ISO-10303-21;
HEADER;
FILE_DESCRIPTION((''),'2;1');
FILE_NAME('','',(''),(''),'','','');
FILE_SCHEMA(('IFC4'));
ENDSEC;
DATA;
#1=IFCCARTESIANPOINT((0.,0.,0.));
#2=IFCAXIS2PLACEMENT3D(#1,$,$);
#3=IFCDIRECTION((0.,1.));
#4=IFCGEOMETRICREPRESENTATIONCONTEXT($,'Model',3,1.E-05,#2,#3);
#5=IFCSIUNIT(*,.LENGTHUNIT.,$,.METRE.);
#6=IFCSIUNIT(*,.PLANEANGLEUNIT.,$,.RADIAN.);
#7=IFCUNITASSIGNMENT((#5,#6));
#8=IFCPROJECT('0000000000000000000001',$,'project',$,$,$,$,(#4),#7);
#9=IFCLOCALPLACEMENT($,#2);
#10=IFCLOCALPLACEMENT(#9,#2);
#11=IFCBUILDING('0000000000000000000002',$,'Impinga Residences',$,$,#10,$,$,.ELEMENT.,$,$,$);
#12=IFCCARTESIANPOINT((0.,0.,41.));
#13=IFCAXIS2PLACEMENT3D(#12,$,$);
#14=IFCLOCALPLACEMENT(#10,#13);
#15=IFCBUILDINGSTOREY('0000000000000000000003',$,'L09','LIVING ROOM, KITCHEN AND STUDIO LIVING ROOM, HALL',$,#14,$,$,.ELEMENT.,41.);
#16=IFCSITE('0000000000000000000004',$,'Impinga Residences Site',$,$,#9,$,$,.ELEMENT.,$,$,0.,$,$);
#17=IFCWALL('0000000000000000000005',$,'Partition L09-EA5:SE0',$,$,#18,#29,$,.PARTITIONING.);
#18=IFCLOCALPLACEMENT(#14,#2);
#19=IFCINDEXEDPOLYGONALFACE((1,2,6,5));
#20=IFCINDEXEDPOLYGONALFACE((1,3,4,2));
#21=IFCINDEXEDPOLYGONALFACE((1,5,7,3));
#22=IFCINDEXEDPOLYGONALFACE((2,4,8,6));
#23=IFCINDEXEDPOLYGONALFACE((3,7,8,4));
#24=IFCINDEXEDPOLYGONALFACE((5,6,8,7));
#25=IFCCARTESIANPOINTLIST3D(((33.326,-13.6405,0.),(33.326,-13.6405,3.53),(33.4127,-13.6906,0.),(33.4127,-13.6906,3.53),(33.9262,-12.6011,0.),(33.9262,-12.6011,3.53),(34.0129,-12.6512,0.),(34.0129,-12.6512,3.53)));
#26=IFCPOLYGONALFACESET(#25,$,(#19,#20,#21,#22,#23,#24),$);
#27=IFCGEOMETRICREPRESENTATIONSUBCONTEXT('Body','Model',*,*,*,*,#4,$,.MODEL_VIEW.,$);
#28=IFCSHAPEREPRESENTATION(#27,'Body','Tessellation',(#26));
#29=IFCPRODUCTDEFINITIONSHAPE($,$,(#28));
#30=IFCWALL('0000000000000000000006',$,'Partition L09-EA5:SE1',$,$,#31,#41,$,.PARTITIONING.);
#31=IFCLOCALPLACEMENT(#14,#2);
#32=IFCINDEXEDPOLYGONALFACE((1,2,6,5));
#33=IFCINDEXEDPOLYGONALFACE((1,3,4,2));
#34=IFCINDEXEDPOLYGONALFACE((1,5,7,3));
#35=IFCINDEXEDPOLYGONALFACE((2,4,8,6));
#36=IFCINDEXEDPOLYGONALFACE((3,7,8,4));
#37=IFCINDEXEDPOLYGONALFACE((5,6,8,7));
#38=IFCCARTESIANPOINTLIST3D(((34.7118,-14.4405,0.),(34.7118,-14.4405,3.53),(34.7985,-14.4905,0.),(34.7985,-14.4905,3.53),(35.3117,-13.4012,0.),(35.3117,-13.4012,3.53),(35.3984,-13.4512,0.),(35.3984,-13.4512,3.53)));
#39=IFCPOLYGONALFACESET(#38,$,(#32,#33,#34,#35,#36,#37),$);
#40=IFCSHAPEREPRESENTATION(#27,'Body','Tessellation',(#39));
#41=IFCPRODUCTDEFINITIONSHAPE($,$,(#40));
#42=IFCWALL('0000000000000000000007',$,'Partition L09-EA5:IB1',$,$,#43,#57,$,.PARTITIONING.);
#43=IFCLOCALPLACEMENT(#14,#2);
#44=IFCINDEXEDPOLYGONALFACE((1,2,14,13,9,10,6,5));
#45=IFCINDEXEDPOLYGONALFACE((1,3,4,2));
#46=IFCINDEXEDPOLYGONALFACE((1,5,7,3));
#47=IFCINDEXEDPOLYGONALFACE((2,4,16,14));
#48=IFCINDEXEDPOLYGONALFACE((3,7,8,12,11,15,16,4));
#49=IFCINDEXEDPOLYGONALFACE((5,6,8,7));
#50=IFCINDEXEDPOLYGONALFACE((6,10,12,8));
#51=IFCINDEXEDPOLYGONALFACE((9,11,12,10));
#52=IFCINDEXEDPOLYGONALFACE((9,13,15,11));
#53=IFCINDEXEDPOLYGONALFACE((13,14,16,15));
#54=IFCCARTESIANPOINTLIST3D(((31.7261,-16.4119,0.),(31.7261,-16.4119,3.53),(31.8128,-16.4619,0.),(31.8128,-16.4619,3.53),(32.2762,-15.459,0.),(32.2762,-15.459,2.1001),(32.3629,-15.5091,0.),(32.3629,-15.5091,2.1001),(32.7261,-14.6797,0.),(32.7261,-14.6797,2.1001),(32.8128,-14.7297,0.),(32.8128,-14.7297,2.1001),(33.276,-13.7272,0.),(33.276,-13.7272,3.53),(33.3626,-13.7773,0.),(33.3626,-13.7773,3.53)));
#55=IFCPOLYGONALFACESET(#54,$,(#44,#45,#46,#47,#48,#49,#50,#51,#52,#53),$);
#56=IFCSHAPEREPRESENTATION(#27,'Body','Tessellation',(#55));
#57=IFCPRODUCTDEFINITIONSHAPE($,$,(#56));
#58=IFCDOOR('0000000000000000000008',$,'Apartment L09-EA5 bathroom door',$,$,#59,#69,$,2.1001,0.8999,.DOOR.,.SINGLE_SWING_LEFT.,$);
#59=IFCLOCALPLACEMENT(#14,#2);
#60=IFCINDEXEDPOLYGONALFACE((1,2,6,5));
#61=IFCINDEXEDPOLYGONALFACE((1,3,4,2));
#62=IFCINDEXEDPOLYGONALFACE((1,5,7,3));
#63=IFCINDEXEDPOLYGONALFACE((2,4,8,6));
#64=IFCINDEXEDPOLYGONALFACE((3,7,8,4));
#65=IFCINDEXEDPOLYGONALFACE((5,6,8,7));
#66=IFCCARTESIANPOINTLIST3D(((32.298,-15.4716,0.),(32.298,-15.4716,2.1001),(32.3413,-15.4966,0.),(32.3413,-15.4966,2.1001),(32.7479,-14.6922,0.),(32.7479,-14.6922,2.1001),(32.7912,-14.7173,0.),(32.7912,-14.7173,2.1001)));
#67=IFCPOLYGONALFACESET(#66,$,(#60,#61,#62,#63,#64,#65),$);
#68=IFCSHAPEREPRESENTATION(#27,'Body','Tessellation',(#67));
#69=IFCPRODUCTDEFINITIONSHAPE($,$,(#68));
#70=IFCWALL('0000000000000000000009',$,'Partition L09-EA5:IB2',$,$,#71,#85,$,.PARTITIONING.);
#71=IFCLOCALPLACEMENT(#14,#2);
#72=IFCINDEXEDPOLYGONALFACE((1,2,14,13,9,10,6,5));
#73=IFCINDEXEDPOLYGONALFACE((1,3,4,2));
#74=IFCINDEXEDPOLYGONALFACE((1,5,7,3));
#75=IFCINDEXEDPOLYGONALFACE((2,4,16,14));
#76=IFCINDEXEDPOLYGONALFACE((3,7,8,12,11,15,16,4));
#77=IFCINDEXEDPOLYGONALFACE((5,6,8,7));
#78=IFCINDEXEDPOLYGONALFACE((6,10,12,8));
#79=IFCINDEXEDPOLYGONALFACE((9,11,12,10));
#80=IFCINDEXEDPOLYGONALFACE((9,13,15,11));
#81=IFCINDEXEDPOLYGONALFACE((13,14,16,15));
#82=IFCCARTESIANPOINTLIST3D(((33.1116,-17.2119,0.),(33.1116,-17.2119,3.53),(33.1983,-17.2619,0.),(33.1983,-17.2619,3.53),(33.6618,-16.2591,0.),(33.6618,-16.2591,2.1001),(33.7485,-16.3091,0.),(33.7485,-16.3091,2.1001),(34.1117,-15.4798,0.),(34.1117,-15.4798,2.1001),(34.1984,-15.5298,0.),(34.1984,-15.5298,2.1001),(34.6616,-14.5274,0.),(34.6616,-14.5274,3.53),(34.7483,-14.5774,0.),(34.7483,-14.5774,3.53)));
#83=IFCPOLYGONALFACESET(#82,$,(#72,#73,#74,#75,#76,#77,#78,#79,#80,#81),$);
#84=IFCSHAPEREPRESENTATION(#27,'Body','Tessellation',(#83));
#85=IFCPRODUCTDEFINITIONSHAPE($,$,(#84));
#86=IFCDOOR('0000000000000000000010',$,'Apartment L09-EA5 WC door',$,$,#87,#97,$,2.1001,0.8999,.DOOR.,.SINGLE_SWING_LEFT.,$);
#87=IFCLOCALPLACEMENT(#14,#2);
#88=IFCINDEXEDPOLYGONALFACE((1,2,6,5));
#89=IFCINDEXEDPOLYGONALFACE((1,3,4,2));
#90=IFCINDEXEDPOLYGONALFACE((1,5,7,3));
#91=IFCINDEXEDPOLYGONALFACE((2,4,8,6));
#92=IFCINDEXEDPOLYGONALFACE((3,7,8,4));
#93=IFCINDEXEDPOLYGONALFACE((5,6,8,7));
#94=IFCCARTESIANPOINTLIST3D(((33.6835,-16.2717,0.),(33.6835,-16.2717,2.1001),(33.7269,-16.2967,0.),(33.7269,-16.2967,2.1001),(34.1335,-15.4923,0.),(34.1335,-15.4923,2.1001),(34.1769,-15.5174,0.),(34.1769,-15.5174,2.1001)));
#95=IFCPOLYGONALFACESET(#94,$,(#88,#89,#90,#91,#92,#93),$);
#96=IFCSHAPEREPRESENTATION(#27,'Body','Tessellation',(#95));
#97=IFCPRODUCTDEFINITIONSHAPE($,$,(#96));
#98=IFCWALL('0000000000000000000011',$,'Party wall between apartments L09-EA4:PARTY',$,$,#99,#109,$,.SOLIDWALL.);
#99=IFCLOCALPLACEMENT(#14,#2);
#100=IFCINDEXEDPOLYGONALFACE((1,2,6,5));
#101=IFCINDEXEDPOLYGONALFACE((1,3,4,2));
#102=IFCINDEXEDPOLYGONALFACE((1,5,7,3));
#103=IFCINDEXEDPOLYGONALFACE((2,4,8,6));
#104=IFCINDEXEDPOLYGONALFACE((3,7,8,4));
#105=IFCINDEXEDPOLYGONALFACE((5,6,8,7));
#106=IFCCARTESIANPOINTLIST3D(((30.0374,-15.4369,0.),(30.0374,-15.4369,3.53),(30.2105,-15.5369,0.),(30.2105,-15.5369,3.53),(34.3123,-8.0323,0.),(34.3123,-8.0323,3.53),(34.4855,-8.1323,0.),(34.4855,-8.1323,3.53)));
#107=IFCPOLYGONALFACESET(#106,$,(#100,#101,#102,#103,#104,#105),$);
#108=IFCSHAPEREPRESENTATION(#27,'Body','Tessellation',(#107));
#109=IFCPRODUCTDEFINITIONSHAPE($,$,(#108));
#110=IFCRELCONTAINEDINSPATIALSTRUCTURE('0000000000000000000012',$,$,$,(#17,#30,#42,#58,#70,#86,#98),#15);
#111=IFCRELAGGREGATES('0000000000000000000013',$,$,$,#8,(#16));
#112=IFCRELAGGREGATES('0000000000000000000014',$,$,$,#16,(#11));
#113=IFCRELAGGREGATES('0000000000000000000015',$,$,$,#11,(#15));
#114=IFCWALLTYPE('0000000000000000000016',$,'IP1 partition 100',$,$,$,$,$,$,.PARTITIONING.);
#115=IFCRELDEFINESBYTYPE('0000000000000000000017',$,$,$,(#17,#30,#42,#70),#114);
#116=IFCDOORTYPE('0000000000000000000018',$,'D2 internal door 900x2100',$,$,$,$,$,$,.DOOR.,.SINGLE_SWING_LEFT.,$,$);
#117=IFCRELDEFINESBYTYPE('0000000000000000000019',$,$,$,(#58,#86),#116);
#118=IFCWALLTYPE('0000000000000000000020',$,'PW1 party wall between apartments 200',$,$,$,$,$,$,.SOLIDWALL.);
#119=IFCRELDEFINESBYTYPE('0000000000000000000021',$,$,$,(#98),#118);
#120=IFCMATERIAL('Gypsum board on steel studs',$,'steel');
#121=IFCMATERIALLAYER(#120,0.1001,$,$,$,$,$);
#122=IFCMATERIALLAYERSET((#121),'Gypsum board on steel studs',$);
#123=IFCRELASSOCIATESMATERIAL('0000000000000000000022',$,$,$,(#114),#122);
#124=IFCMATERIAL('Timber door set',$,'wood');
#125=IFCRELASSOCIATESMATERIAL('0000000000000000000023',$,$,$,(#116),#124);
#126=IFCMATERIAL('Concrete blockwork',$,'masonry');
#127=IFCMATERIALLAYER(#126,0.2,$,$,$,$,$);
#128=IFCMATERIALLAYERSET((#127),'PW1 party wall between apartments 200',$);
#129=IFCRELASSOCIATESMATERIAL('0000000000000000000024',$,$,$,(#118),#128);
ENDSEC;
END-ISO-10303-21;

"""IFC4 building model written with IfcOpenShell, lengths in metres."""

from ifc_helpers import new_model, si_unit, direction, frame, frame_2d, origin, place, context, subcontext, project, spatial, rectangle, extrude, material, layer, layer_set, type_object, element, fill, save


model = new_model("IFC4")

# Units and contexts
model_context = context("Model", 3, precision=1e-05, world=origin(), true_north=direction((0.0, 1.0)))
body_context = subcontext(model_context, "Body", "Model", "MODEL_VIEW")
ifc_project = project(units=[si_unit("LENGTHUNIT", "METRE"), si_unit("PLANEANGLEUNIT", "RADIAN")], contexts=[model_context])

# Site, building, storey
site_placement = place(None, origin())
site = spatial("IfcSite", under=ifc_project, at=site_placement, Name="Impinga Residences Site", CompositionType="ELEMENT", RefElevation=0.0)
building_placement = place(site_placement, origin())
building = spatial("IfcBuilding", under=site, at=building_placement, Name="Impinga Residences", CompositionType="ELEMENT")
storey_placement = place(building_placement, frame((0.0, 0.0, 41.0)))
storey = spatial("IfcBuildingStorey", under=building, at=storey_placement, Name="L09", Description="LIVING ROOM, KITCHEN AND STUDIO LIVING ROOM, HALL", CompositionType="ELEMENT", Elevation=41.0)

# Shared definitions
ifc_material_1 = material(Name="Gypsum board on steel studs", Category="steel")
ifc_layer_1 = layer(ifc_material_1, 0.1001)
ifc_layer_set_1 = layer_set([ifc_layer_1], Name="Gypsum board on steel studs")
wall_type_1 = type_object("IfcWallType", Name="IP1 partition 100", PredefinedType="PARTITIONING", material=ifc_layer_set_1)

# Shared definitions
ifc_material_2 = material(Name="Timber door set", Category="wood")
door_type = type_object("IfcDoorType", Name="D2 internal door 900x2100", OperationType="SINGLE_SWING_LEFT", PredefinedType="DOOR", material=ifc_material_2)

# Walls
wall_1_placement = place(storey_placement, frame((33.3694, -13.6655, 0.0), z_axis=(0.0, 0.0, 1.0), x_axis=(0.500034, 0.866006, 0.0)))
element("IfcWall", 1, at=wall_1_placement, inside=storey, type_object=wall_type_1, Name="Partition L09-EA5:SE0", PredefinedType="PARTITIONING", context=body_context, shape_type="SweptSolid", body=[
    extrude(rectangle(XDim=1.2002, YDim=0.1001, at=frame_2d((0.6001, 0.0))), origin(), (0.0, 0.0, 1.0), 3.53),
])
wall_2_placement = place(storey_placement, frame((34.7551, -14.4656, 0.0), z_axis=(0.0, 0.0, 1.0), x_axis=(0.499881, 0.866094, 0.0)))
element("IfcWall", 2, at=wall_2_placement, inside=storey, type_object=wall_type_1, Name="Partition L09-EA5:SE1", PredefinedType="PARTITIONING", context=body_context, shape_type="SweptSolid", body=[
    extrude(rectangle(XDim=1.2, YDim=0.1001, at=frame_2d((0.6001, 0.0))), origin(), (0.0, 0.0, 1.0), 3.53),
])

# Walls, openings, doors
wall_3_placement = place(storey_placement, frame((31.7695, -16.4368, 0.0), z_axis=(0.0, 0.0, 1.0), x_axis=(0.499968, 0.866044, 0.0)))
wall_3 = element("IfcWall", 3, at=wall_3_placement, inside=storey, type_object=wall_type_1, Name="Partition L09-EA5:IB1", PredefinedType="PARTITIONING", context=body_context, shape_type="SweptSolid", body=[
    extrude(rectangle(XDim=3.0999, YDim=0.1001, at=frame_2d((1.5498, 0.0))), origin(), (0.0, 0.0, 1.0), 3.53),
])
opening_1_placement = place(wall_3_placement, frame((1.1001, 0.0, 0.0)))
opening_1 = element("IfcOpeningElement", 4, at=opening_1_placement, cuts=wall_3, PredefinedType="OPENING", context=body_context, shape_type="SweptSolid", body=[
    extrude(rectangle(XDim=0.8999, YDim=2.1001, at=frame_2d((0.45, 1.05))), frame((0.0, 0.0601, 0.0), z_axis=(0.0, -1.0, 0.0), x_axis=(1.0, 0.0, 0.0)), (0.0, 0.0, 1.0), 0.1201),
])
door_1_placement = place(opening_1_placement, origin())
door_1 = element("IfcDoor", 5, at=door_1_placement, inside=storey, type_object=door_type, Name="Apartment L09-EA5 bathroom door", OperationType="SINGLE_SWING_LEFT", OverallHeight=2.1001, OverallWidth=0.8999, PredefinedType="DOOR", context=body_context, shape_type="SweptSolid", body=[
    extrude(rectangle(XDim=0.8999, YDim=2.1001, at=frame_2d((0.45, 1.05))), frame((0.0, 0.0249, 0.0), z_axis=(0.0, -1.0, 0.0), x_axis=(1.0, 0.0, 0.0)), (0.0, 0.0, 1.0), 0.05),
])
fill(opening_1, door_1)
wall_4_placement = place(storey_placement, frame((33.155, -17.2368, 0.0), z_axis=(0.0, 0.0, 1.0), x_axis=(0.500027, 0.86601, 0.0)))
wall_4 = element("IfcWall", 6, at=wall_4_placement, inside=storey, type_object=wall_type_1, Name="Partition L09-EA5:IB2", PredefinedType="PARTITIONING", context=body_context, shape_type="SweptSolid", body=[
    extrude(rectangle(XDim=3.0999, YDim=0.1001, at=frame_2d((1.5498, 0.0))), origin(), (0.0, 0.0, 1.0), 3.53),
])
opening_2_placement = place(wall_4_placement, frame((1.1001, 0.0, 0.0)))
opening_2 = element("IfcOpeningElement", 7, at=opening_2_placement, cuts=wall_4, PredefinedType="OPENING", context=body_context, shape_type="SweptSolid", body=[
    extrude(rectangle(XDim=0.8999, YDim=2.1001, at=frame_2d((0.45, 1.05))), frame((0.0, 0.0601, 0.0), z_axis=(0.0, -1.0, 0.0), x_axis=(1.0, 0.0, 0.0)), (0.0, 0.0, 1.0), 0.1201),
])
door_2_placement = place(opening_2_placement, origin())
door_2 = element("IfcDoor", 8, at=door_2_placement, inside=storey, type_object=door_type, Name="Apartment L09-EA5 WC door", OperationType="SINGLE_SWING_LEFT", OverallHeight=2.1001, OverallWidth=0.8999, PredefinedType="DOOR", context=body_context, shape_type="SweptSolid", body=[
    extrude(rectangle(XDim=0.8999, YDim=2.1001, at=frame_2d((0.45, 1.05))), frame((0.0, 0.0249, 0.0), z_axis=(0.0, -1.0, 0.0), x_axis=(1.0, 0.0, 0.0)), (0.0, 0.0, 1.0), 0.05),
])
fill(opening_2, door_2)

# Wall
ifc_material_3 = material(Name="Concrete blockwork", Category="masonry")
ifc_layer_2 = layer(ifc_material_3, 0.2)
ifc_layer_set_2 = layer_set([ifc_layer_2], Name="PW1 party wall between apartments 200")
wall_type_2 = type_object("IfcWallType", Name="PW1 party wall between apartments 200", PredefinedType="SOLIDWALL", material=ifc_layer_set_2)
wall_5_placement = place(storey_placement, frame((30.124, -15.4868, 0.0), z_axis=(0.0, 0.0, 1.0), x_axis=(0.49999, 0.866031, 0.0)))
element("IfcWall", 9, at=wall_5_placement, inside=storey, type_object=wall_type_2, Name="Party wall between apartments L09-EA4:PARTY", PredefinedType="SOLIDWALL", context=body_context, shape_type="SweptSolid", body=[
    extrude(rectangle(XDim=8.55, YDim=0.2, at=frame_2d((4.2749, 0.0))), origin(), (0.0, 0.0, 1.0), 3.53),
])

save(model, "model.ifc")
